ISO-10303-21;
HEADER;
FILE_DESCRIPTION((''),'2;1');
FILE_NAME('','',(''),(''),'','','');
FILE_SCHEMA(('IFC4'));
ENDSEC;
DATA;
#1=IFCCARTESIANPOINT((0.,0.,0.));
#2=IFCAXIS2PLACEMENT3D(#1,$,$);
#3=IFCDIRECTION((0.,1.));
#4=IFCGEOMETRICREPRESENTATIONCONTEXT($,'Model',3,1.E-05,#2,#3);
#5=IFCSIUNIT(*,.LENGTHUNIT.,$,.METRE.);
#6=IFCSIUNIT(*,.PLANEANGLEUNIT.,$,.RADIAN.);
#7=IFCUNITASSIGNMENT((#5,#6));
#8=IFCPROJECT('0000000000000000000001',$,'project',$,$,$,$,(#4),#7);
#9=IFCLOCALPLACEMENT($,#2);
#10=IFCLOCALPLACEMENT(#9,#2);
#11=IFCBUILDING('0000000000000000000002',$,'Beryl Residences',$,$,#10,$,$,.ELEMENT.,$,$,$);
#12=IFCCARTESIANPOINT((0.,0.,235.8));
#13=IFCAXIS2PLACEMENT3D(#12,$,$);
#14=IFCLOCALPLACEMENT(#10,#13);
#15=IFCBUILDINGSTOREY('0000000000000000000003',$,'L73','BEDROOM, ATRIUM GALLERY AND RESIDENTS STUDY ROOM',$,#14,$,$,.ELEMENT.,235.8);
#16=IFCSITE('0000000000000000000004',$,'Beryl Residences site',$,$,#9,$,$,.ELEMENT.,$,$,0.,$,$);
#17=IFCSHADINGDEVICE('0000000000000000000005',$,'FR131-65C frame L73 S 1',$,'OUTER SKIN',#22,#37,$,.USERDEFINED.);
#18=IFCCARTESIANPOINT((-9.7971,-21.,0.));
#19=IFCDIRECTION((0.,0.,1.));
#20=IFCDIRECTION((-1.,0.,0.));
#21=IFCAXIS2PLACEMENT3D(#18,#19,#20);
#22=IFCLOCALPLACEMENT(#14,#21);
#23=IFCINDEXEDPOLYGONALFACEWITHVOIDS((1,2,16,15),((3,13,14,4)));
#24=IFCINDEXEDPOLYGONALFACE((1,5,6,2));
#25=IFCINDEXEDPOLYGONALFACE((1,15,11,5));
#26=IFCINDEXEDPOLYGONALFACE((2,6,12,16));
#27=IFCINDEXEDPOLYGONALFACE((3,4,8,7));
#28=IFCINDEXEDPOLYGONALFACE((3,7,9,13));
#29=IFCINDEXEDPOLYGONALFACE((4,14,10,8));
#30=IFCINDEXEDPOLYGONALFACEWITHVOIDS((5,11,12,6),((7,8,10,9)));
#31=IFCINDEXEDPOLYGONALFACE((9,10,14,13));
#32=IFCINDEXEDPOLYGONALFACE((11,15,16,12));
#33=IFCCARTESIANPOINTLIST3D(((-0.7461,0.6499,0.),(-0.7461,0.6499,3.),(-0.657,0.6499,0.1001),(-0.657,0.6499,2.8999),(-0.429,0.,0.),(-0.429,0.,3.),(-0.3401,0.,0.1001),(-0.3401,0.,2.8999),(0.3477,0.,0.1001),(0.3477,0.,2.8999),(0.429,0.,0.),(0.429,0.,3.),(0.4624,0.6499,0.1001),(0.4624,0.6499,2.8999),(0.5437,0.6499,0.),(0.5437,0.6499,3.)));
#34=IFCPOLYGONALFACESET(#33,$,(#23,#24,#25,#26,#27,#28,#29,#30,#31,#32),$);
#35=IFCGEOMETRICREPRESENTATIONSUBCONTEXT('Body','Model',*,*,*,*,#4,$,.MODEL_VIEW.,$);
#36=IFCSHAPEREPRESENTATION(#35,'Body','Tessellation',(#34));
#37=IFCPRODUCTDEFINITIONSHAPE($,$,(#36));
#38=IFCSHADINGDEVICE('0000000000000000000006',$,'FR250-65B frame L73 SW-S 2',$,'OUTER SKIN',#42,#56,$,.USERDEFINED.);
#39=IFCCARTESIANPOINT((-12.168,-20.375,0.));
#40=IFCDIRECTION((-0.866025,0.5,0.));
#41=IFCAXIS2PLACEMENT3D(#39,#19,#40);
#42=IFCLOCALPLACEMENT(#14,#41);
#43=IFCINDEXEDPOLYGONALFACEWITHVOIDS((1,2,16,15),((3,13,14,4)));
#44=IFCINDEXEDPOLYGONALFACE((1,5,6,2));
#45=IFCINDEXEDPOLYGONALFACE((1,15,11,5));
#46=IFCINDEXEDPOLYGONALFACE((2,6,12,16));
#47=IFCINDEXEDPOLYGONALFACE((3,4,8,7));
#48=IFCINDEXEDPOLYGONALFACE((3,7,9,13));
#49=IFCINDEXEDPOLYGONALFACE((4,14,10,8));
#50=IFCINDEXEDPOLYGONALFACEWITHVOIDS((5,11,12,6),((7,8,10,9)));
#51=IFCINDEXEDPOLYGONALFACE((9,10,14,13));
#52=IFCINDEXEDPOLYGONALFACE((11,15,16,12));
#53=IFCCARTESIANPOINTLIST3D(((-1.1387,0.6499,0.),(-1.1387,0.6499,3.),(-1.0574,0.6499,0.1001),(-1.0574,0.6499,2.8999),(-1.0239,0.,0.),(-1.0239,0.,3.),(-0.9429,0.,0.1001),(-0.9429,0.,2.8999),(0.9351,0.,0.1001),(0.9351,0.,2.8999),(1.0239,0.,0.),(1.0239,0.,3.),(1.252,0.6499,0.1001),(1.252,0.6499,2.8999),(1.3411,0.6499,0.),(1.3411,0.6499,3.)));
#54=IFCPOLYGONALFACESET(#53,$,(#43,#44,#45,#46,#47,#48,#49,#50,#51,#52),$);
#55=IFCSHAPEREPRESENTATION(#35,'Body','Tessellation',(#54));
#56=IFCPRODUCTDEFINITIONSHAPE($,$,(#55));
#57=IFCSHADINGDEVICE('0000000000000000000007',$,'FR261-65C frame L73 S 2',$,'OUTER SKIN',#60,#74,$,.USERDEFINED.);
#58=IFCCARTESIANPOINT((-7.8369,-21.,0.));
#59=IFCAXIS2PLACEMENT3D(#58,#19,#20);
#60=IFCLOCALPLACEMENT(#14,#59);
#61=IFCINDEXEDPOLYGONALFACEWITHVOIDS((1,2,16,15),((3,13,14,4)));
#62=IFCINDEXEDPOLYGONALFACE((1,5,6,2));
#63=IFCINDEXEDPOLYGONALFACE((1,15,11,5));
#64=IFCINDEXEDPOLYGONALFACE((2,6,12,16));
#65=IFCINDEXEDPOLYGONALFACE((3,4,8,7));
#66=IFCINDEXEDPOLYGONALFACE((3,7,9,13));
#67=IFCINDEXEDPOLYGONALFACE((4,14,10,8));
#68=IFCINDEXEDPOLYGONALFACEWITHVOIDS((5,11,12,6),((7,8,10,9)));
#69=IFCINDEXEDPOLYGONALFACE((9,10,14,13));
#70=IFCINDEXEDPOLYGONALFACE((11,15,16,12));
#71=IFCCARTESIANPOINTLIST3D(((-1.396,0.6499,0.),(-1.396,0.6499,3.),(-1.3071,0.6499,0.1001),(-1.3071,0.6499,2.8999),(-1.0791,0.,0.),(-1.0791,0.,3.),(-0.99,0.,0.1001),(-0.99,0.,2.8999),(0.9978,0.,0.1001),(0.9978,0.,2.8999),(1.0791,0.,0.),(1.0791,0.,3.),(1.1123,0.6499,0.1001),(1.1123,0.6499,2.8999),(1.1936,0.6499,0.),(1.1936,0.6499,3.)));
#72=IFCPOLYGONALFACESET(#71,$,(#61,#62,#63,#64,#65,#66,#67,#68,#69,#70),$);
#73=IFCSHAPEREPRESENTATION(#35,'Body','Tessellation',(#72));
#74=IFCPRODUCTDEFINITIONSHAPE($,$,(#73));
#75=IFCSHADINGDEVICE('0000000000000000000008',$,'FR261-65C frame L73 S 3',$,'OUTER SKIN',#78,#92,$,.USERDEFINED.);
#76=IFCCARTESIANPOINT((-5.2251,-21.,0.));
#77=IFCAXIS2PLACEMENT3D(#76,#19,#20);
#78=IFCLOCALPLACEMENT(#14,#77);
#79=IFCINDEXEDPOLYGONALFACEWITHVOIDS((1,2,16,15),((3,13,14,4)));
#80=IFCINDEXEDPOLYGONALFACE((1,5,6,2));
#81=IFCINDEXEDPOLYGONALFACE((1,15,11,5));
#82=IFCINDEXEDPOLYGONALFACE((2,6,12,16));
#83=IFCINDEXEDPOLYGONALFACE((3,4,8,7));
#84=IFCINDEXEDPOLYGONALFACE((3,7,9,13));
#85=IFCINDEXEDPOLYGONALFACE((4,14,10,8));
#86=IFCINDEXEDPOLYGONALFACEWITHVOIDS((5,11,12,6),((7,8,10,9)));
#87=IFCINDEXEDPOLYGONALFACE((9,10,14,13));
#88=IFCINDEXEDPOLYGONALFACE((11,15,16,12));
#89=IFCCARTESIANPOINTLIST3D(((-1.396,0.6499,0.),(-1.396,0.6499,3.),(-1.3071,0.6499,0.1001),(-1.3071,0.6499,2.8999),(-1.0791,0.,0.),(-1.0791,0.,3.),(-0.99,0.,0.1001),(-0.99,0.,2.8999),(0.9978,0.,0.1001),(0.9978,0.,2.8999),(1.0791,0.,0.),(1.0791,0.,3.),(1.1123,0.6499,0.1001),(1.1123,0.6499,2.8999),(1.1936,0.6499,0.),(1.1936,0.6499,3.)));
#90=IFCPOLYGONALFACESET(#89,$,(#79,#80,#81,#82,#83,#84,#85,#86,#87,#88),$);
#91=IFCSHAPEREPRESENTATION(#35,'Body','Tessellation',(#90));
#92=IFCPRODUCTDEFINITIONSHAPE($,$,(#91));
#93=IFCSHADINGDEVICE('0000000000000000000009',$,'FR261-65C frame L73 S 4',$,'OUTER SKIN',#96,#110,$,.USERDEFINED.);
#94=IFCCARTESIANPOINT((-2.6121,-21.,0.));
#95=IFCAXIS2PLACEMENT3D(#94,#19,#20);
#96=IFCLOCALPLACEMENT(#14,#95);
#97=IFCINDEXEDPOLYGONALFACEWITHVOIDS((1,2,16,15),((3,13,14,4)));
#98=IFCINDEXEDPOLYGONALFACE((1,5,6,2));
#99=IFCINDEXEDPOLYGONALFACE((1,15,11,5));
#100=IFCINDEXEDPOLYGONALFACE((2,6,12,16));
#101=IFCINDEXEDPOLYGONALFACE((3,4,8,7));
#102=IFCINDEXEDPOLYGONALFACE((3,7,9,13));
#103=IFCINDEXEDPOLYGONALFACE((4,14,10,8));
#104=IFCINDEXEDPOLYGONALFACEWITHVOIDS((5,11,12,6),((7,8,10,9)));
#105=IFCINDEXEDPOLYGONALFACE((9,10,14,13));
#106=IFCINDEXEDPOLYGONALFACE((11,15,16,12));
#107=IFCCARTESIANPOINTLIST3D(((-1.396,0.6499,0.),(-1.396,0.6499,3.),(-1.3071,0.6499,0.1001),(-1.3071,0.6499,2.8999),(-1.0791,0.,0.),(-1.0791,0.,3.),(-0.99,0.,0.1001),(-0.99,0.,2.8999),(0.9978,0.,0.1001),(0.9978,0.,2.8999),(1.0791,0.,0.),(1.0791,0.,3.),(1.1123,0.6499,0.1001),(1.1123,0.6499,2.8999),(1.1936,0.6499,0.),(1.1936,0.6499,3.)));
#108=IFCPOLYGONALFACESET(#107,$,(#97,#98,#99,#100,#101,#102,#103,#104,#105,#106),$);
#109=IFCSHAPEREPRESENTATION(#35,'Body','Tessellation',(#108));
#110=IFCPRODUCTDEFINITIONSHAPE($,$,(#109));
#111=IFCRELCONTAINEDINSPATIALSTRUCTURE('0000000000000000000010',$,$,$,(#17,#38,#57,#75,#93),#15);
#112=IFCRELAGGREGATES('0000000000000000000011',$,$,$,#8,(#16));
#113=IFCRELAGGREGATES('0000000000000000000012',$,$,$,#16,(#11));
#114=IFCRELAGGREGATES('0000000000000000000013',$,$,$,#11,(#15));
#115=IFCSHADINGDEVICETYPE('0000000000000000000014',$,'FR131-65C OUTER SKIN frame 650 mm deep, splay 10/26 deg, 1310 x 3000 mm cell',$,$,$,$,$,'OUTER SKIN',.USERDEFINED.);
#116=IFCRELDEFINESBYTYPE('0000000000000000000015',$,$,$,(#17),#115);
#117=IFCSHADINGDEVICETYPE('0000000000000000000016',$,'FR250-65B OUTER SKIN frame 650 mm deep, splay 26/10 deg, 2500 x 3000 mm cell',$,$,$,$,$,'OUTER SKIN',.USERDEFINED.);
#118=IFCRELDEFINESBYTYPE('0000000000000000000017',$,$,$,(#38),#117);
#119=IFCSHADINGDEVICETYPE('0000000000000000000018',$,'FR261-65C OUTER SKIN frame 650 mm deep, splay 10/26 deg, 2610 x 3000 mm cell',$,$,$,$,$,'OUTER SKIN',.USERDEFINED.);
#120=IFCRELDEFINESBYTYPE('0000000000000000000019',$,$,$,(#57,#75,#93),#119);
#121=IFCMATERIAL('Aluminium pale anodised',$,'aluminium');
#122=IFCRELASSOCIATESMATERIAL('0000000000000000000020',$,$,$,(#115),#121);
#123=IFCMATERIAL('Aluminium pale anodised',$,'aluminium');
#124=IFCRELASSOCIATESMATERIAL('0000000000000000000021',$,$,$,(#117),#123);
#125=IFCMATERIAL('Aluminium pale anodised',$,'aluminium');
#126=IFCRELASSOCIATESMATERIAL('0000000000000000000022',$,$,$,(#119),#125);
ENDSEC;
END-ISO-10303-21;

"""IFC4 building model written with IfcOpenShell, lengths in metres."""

from ifc_helpers import new_model, entity, si_unit, direction, frame, origin, place, context, subcontext, project, spatial, source, transform, mapped, material, type_object, type_shapes, element, save


model = new_model("IFC4")

# Units and contexts
model_context = context("Model", 3, precision=1e-05, world=origin(), true_north=direction((0.0, 1.0)))
body_context = subcontext(model_context, "Body", "Model", "MODEL_VIEW")
ifc_project = project(units=[si_unit("LENGTHUNIT", "METRE"), si_unit("PLANEANGLEUNIT", "RADIAN")], contexts=[model_context])

# Site, building, storey
site_placement = place(None, origin())
site = spatial("IfcSite", under=ifc_project, at=site_placement, Name="Beryl Residences site", CompositionType="ELEMENT", RefElevation=0.0)
building_placement = place(site_placement, origin())
building = spatial("IfcBuilding", under=site, at=building_placement, Name="Beryl Residences", CompositionType="ELEMENT")
storey_placement = place(building_placement, frame((0.0, 0.0, 235.8)))
storey = spatial("IfcBuildingStorey", under=building, at=storey_placement, Name="L73", Description="BEDROOM, ATRIUM GALLERY AND RESIDENTS STUDY ROOM", CompositionType="ELEMENT", Elevation=235.8)

# Shading devices
ifc_material_1 = material(Name="Aluminium pale anodised", Category="aluminium")
shading_device_type_1 = type_object("IfcShadingDeviceType", Name="FR131-65C OUTER SKIN frame 650 mm deep, splay 10/26 deg, 1310 x 3000 mm cell", ElementType="OUTER SKIN", PredefinedType="USERDEFINED", material=ifc_material_1)
cartesian_point_1 = entity("IfcCartesianPoint", [-0.429, 0.0])
cartesian_point_2 = entity("IfcCartesianPoint", [-0.3477, 0.1001])
cartesian_point_3 = entity("IfcCartesianPoint", [-0.5437, 0.0])
cartesian_point_4 = entity("IfcCartesianPoint", [-0.4624, 0.1001])
shared_shape_1 = source(origin(), body_context, "Body", "SweptSolid", [
    entity("IfcExtrudedAreaSolidTapered", entity("IfcArbitraryProfileDefWithVoids", "AREA", None, entity("IfcPolyline", [cartesian_point_1, entity("IfcCartesianPoint", [0.429, 0.0]), entity("IfcCartesianPoint", [0.429, 3.0]), entity("IfcCartesianPoint", [-0.429, 3.0]), cartesian_point_1]), [entity("IfcPolyline", [cartesian_point_2, entity("IfcCartesianPoint", [0.3401, 0.1001]), entity("IfcCartesianPoint", [0.3401, 2.8999]), entity("IfcCartesianPoint", [-0.3477, 2.8999]), cartesian_point_2])]), entity("IfcAxis2Placement3D", entity("IfcCartesianPoint", [0.0, 0.0, 0.0]), entity("IfcDirection", [0.0, 1.0, 0.0]), entity("IfcDirection", [-1.0, 0.0, 0.0])), entity("IfcDirection", [0.0, 0.0, 1.0]), 0.6499, entity("IfcArbitraryProfileDefWithVoids", "AREA", None, entity("IfcPolyline", [cartesian_point_3, entity("IfcCartesianPoint", [0.7461, 0.0]), entity("IfcCartesianPoint", [0.7461, 3.0]), entity("IfcCartesianPoint", [-0.5437, 3.0]), cartesian_point_3]), [entity("IfcPolyline", [cartesian_point_4, entity("IfcCartesianPoint", [0.657, 0.1001]), entity("IfcCartesianPoint", [0.657, 2.8999]), entity("IfcCartesianPoint", [-0.4624, 2.8999]), cartesian_point_4])])),
])
type_shapes(shading_device_type_1, [shared_shape_1])
shading_device_1_placement = place(storey_placement, frame((-9.7971, -21.0, 0.0), z_axis=(0.0, 0.0, 1.0), x_axis=(-1.0, 0.0, 0.0)))
element("IfcShadingDevice", 1, at=shading_device_1_placement, inside=storey, type_object=shading_device_type_1, Name="FR131-65C frame L73 S 1", ObjectType="OUTER SKIN", PredefinedType="USERDEFINED", context=body_context, shape_type="MappedRepresentation", body=[
    mapped(shared_shape_1, transform((0.0, 0.0, 0.0))),
])
ifc_material_2 = material(Name="Aluminium pale anodised", Category="aluminium")
shading_device_type_2 = type_object("IfcShadingDeviceType", Name="FR250-65B OUTER SKIN frame 650 mm deep, splay 26/10 deg, 2500 x 3000 mm cell", ElementType="OUTER SKIN", PredefinedType="USERDEFINED", material=ifc_material_2)
cartesian_point_5 = entity("IfcCartesianPoint", [-1.0239, 0.0])
cartesian_point_6 = entity("IfcCartesianPoint", [-0.9351, 0.1001])
cartesian_point_7 = entity("IfcCartesianPoint", [-1.3411, 0.0])
cartesian_point_8 = entity("IfcCartesianPoint", [-1.252, 0.1001])
shared_shape_2 = source(origin(), body_context, "Body", "SweptSolid", [
    entity("IfcExtrudedAreaSolidTapered", entity("IfcArbitraryProfileDefWithVoids", "AREA", None, entity("IfcPolyline", [cartesian_point_5, entity("IfcCartesianPoint", [1.0239, 0.0]), entity("IfcCartesianPoint", [1.0239, 3.0]), entity("IfcCartesianPoint", [-1.0239, 3.0]), cartesian_point_5]), [entity("IfcPolyline", [cartesian_point_6, entity("IfcCartesianPoint", [0.9429, 0.1001]), entity("IfcCartesianPoint", [0.9429, 2.8999]), entity("IfcCartesianPoint", [-0.9351, 2.8999]), cartesian_point_6])]), entity("IfcAxis2Placement3D", entity("IfcCartesianPoint", [0.0, 0.0, 0.0]), entity("IfcDirection", [0.0, 1.0, 0.0]), entity("IfcDirection", [-1.0, 0.0, 0.0])), entity("IfcDirection", [0.0, 0.0, 1.0]), 0.6499, entity("IfcArbitraryProfileDefWithVoids", "AREA", None, entity("IfcPolyline", [cartesian_point_7, entity("IfcCartesianPoint", [1.1387, 0.0]), entity("IfcCartesianPoint", [1.1387, 3.0]), entity("IfcCartesianPoint", [-1.3411, 3.0]), cartesian_point_7]), [entity("IfcPolyline", [cartesian_point_8, entity("IfcCartesianPoint", [1.0574, 0.1001]), entity("IfcCartesianPoint", [1.0574, 2.8999]), entity("IfcCartesianPoint", [-1.252, 2.8999]), cartesian_point_8])])),
])
type_shapes(shading_device_type_2, [shared_shape_2])
shading_device_2_placement = place(storey_placement, frame((-12.168, -20.375, 0.0), z_axis=(0.0, 0.0, 1.0), x_axis=(-0.866025, 0.5, 0.0)))
element("IfcShadingDevice", 2, at=shading_device_2_placement, inside=storey, type_object=shading_device_type_2, Name="FR250-65B frame L73 SW-S 2", ObjectType="OUTER SKIN", PredefinedType="USERDEFINED", context=body_context, shape_type="MappedRepresentation", body=[
    mapped(shared_shape_2, transform((0.0, 0.0, 0.0))),
])
ifc_material_3 = material(Name="Aluminium pale anodised", Category="aluminium")
shading_device_type_3 = type_object("IfcShadingDeviceType", Name="FR261-65C OUTER SKIN frame 650 mm deep, splay 10/26 deg, 2610 x 3000 mm cell", ElementType="OUTER SKIN", PredefinedType="USERDEFINED", material=ifc_material_3)
cartesian_point_9 = entity("IfcCartesianPoint", [-1.0791, 0.0])
cartesian_point_10 = entity("IfcCartesianPoint", [-0.9978, 0.1001])
cartesian_point_11 = entity("IfcCartesianPoint", [-1.1936, 0.0])
cartesian_point_12 = entity("IfcCartesianPoint", [-1.1123, 0.1001])
shared_shape_3 = source(origin(), body_context, "Body", "SweptSolid", [
    entity("IfcExtrudedAreaSolidTapered", entity("IfcArbitraryProfileDefWithVoids", "AREA", None, entity("IfcPolyline", [cartesian_point_9, entity("IfcCartesianPoint", [1.0791, 0.0]), entity("IfcCartesianPoint", [1.0791, 3.0]), entity("IfcCartesianPoint", [-1.0791, 3.0]), cartesian_point_9]), [entity("IfcPolyline", [cartesian_point_10, entity("IfcCartesianPoint", [0.99, 0.1001]), entity("IfcCartesianPoint", [0.99, 2.8999]), entity("IfcCartesianPoint", [-0.9978, 2.8999]), cartesian_point_10])]), entity("IfcAxis2Placement3D", entity("IfcCartesianPoint", [0.0, 0.0, 0.0]), entity("IfcDirection", [0.0, 1.0, 0.0]), entity("IfcDirection", [-1.0, 0.0, 0.0])), entity("IfcDirection", [0.0, 0.0, 1.0]), 0.6499, entity("IfcArbitraryProfileDefWithVoids", "AREA", None, entity("IfcPolyline", [cartesian_point_11, entity("IfcCartesianPoint", [1.396, 0.0]), entity("IfcCartesianPoint", [1.396, 3.0]), entity("IfcCartesianPoint", [-1.1936, 3.0]), cartesian_point_11]), [entity("IfcPolyline", [cartesian_point_12, entity("IfcCartesianPoint", [1.3071, 0.1001]), entity("IfcCartesianPoint", [1.3071, 2.8999]), entity("IfcCartesianPoint", [-1.1123, 2.8999]), cartesian_point_12])])),
])
type_shapes(shading_device_type_3, [shared_shape_3])
for number, where, z_axis, x_axis, name in (
    (3, (-7.8369, -21.0, 0.0), (0.0, 0.0, 1.0), (-1.0, 0.0, 0.0), "FR261-65C frame L73 S 2"),
    (4, (-5.2251, -21.0, 0.0), (0.0, 0.0, 1.0), (-1.0, 0.0, 0.0), "FR261-65C frame L73 S 3"),
    (5, (-2.6121, -21.0, 0.0), (0.0, 0.0, 1.0), (-1.0, 0.0, 0.0), "FR261-65C frame L73 S 4"),
):
    element("IfcShadingDevice", number, at=place(storey_placement, frame(where, z_axis=z_axis, x_axis=x_axis)), inside=storey, type_object=shading_device_type_3, Name=name, ObjectType="OUTER SKIN", PredefinedType="USERDEFINED", context=body_context, shape_type="MappedRepresentation", body=[
        mapped(shared_shape_3, transform((0.0, 0.0, 0.0))),
    ])

save(model, "model.ifc")
